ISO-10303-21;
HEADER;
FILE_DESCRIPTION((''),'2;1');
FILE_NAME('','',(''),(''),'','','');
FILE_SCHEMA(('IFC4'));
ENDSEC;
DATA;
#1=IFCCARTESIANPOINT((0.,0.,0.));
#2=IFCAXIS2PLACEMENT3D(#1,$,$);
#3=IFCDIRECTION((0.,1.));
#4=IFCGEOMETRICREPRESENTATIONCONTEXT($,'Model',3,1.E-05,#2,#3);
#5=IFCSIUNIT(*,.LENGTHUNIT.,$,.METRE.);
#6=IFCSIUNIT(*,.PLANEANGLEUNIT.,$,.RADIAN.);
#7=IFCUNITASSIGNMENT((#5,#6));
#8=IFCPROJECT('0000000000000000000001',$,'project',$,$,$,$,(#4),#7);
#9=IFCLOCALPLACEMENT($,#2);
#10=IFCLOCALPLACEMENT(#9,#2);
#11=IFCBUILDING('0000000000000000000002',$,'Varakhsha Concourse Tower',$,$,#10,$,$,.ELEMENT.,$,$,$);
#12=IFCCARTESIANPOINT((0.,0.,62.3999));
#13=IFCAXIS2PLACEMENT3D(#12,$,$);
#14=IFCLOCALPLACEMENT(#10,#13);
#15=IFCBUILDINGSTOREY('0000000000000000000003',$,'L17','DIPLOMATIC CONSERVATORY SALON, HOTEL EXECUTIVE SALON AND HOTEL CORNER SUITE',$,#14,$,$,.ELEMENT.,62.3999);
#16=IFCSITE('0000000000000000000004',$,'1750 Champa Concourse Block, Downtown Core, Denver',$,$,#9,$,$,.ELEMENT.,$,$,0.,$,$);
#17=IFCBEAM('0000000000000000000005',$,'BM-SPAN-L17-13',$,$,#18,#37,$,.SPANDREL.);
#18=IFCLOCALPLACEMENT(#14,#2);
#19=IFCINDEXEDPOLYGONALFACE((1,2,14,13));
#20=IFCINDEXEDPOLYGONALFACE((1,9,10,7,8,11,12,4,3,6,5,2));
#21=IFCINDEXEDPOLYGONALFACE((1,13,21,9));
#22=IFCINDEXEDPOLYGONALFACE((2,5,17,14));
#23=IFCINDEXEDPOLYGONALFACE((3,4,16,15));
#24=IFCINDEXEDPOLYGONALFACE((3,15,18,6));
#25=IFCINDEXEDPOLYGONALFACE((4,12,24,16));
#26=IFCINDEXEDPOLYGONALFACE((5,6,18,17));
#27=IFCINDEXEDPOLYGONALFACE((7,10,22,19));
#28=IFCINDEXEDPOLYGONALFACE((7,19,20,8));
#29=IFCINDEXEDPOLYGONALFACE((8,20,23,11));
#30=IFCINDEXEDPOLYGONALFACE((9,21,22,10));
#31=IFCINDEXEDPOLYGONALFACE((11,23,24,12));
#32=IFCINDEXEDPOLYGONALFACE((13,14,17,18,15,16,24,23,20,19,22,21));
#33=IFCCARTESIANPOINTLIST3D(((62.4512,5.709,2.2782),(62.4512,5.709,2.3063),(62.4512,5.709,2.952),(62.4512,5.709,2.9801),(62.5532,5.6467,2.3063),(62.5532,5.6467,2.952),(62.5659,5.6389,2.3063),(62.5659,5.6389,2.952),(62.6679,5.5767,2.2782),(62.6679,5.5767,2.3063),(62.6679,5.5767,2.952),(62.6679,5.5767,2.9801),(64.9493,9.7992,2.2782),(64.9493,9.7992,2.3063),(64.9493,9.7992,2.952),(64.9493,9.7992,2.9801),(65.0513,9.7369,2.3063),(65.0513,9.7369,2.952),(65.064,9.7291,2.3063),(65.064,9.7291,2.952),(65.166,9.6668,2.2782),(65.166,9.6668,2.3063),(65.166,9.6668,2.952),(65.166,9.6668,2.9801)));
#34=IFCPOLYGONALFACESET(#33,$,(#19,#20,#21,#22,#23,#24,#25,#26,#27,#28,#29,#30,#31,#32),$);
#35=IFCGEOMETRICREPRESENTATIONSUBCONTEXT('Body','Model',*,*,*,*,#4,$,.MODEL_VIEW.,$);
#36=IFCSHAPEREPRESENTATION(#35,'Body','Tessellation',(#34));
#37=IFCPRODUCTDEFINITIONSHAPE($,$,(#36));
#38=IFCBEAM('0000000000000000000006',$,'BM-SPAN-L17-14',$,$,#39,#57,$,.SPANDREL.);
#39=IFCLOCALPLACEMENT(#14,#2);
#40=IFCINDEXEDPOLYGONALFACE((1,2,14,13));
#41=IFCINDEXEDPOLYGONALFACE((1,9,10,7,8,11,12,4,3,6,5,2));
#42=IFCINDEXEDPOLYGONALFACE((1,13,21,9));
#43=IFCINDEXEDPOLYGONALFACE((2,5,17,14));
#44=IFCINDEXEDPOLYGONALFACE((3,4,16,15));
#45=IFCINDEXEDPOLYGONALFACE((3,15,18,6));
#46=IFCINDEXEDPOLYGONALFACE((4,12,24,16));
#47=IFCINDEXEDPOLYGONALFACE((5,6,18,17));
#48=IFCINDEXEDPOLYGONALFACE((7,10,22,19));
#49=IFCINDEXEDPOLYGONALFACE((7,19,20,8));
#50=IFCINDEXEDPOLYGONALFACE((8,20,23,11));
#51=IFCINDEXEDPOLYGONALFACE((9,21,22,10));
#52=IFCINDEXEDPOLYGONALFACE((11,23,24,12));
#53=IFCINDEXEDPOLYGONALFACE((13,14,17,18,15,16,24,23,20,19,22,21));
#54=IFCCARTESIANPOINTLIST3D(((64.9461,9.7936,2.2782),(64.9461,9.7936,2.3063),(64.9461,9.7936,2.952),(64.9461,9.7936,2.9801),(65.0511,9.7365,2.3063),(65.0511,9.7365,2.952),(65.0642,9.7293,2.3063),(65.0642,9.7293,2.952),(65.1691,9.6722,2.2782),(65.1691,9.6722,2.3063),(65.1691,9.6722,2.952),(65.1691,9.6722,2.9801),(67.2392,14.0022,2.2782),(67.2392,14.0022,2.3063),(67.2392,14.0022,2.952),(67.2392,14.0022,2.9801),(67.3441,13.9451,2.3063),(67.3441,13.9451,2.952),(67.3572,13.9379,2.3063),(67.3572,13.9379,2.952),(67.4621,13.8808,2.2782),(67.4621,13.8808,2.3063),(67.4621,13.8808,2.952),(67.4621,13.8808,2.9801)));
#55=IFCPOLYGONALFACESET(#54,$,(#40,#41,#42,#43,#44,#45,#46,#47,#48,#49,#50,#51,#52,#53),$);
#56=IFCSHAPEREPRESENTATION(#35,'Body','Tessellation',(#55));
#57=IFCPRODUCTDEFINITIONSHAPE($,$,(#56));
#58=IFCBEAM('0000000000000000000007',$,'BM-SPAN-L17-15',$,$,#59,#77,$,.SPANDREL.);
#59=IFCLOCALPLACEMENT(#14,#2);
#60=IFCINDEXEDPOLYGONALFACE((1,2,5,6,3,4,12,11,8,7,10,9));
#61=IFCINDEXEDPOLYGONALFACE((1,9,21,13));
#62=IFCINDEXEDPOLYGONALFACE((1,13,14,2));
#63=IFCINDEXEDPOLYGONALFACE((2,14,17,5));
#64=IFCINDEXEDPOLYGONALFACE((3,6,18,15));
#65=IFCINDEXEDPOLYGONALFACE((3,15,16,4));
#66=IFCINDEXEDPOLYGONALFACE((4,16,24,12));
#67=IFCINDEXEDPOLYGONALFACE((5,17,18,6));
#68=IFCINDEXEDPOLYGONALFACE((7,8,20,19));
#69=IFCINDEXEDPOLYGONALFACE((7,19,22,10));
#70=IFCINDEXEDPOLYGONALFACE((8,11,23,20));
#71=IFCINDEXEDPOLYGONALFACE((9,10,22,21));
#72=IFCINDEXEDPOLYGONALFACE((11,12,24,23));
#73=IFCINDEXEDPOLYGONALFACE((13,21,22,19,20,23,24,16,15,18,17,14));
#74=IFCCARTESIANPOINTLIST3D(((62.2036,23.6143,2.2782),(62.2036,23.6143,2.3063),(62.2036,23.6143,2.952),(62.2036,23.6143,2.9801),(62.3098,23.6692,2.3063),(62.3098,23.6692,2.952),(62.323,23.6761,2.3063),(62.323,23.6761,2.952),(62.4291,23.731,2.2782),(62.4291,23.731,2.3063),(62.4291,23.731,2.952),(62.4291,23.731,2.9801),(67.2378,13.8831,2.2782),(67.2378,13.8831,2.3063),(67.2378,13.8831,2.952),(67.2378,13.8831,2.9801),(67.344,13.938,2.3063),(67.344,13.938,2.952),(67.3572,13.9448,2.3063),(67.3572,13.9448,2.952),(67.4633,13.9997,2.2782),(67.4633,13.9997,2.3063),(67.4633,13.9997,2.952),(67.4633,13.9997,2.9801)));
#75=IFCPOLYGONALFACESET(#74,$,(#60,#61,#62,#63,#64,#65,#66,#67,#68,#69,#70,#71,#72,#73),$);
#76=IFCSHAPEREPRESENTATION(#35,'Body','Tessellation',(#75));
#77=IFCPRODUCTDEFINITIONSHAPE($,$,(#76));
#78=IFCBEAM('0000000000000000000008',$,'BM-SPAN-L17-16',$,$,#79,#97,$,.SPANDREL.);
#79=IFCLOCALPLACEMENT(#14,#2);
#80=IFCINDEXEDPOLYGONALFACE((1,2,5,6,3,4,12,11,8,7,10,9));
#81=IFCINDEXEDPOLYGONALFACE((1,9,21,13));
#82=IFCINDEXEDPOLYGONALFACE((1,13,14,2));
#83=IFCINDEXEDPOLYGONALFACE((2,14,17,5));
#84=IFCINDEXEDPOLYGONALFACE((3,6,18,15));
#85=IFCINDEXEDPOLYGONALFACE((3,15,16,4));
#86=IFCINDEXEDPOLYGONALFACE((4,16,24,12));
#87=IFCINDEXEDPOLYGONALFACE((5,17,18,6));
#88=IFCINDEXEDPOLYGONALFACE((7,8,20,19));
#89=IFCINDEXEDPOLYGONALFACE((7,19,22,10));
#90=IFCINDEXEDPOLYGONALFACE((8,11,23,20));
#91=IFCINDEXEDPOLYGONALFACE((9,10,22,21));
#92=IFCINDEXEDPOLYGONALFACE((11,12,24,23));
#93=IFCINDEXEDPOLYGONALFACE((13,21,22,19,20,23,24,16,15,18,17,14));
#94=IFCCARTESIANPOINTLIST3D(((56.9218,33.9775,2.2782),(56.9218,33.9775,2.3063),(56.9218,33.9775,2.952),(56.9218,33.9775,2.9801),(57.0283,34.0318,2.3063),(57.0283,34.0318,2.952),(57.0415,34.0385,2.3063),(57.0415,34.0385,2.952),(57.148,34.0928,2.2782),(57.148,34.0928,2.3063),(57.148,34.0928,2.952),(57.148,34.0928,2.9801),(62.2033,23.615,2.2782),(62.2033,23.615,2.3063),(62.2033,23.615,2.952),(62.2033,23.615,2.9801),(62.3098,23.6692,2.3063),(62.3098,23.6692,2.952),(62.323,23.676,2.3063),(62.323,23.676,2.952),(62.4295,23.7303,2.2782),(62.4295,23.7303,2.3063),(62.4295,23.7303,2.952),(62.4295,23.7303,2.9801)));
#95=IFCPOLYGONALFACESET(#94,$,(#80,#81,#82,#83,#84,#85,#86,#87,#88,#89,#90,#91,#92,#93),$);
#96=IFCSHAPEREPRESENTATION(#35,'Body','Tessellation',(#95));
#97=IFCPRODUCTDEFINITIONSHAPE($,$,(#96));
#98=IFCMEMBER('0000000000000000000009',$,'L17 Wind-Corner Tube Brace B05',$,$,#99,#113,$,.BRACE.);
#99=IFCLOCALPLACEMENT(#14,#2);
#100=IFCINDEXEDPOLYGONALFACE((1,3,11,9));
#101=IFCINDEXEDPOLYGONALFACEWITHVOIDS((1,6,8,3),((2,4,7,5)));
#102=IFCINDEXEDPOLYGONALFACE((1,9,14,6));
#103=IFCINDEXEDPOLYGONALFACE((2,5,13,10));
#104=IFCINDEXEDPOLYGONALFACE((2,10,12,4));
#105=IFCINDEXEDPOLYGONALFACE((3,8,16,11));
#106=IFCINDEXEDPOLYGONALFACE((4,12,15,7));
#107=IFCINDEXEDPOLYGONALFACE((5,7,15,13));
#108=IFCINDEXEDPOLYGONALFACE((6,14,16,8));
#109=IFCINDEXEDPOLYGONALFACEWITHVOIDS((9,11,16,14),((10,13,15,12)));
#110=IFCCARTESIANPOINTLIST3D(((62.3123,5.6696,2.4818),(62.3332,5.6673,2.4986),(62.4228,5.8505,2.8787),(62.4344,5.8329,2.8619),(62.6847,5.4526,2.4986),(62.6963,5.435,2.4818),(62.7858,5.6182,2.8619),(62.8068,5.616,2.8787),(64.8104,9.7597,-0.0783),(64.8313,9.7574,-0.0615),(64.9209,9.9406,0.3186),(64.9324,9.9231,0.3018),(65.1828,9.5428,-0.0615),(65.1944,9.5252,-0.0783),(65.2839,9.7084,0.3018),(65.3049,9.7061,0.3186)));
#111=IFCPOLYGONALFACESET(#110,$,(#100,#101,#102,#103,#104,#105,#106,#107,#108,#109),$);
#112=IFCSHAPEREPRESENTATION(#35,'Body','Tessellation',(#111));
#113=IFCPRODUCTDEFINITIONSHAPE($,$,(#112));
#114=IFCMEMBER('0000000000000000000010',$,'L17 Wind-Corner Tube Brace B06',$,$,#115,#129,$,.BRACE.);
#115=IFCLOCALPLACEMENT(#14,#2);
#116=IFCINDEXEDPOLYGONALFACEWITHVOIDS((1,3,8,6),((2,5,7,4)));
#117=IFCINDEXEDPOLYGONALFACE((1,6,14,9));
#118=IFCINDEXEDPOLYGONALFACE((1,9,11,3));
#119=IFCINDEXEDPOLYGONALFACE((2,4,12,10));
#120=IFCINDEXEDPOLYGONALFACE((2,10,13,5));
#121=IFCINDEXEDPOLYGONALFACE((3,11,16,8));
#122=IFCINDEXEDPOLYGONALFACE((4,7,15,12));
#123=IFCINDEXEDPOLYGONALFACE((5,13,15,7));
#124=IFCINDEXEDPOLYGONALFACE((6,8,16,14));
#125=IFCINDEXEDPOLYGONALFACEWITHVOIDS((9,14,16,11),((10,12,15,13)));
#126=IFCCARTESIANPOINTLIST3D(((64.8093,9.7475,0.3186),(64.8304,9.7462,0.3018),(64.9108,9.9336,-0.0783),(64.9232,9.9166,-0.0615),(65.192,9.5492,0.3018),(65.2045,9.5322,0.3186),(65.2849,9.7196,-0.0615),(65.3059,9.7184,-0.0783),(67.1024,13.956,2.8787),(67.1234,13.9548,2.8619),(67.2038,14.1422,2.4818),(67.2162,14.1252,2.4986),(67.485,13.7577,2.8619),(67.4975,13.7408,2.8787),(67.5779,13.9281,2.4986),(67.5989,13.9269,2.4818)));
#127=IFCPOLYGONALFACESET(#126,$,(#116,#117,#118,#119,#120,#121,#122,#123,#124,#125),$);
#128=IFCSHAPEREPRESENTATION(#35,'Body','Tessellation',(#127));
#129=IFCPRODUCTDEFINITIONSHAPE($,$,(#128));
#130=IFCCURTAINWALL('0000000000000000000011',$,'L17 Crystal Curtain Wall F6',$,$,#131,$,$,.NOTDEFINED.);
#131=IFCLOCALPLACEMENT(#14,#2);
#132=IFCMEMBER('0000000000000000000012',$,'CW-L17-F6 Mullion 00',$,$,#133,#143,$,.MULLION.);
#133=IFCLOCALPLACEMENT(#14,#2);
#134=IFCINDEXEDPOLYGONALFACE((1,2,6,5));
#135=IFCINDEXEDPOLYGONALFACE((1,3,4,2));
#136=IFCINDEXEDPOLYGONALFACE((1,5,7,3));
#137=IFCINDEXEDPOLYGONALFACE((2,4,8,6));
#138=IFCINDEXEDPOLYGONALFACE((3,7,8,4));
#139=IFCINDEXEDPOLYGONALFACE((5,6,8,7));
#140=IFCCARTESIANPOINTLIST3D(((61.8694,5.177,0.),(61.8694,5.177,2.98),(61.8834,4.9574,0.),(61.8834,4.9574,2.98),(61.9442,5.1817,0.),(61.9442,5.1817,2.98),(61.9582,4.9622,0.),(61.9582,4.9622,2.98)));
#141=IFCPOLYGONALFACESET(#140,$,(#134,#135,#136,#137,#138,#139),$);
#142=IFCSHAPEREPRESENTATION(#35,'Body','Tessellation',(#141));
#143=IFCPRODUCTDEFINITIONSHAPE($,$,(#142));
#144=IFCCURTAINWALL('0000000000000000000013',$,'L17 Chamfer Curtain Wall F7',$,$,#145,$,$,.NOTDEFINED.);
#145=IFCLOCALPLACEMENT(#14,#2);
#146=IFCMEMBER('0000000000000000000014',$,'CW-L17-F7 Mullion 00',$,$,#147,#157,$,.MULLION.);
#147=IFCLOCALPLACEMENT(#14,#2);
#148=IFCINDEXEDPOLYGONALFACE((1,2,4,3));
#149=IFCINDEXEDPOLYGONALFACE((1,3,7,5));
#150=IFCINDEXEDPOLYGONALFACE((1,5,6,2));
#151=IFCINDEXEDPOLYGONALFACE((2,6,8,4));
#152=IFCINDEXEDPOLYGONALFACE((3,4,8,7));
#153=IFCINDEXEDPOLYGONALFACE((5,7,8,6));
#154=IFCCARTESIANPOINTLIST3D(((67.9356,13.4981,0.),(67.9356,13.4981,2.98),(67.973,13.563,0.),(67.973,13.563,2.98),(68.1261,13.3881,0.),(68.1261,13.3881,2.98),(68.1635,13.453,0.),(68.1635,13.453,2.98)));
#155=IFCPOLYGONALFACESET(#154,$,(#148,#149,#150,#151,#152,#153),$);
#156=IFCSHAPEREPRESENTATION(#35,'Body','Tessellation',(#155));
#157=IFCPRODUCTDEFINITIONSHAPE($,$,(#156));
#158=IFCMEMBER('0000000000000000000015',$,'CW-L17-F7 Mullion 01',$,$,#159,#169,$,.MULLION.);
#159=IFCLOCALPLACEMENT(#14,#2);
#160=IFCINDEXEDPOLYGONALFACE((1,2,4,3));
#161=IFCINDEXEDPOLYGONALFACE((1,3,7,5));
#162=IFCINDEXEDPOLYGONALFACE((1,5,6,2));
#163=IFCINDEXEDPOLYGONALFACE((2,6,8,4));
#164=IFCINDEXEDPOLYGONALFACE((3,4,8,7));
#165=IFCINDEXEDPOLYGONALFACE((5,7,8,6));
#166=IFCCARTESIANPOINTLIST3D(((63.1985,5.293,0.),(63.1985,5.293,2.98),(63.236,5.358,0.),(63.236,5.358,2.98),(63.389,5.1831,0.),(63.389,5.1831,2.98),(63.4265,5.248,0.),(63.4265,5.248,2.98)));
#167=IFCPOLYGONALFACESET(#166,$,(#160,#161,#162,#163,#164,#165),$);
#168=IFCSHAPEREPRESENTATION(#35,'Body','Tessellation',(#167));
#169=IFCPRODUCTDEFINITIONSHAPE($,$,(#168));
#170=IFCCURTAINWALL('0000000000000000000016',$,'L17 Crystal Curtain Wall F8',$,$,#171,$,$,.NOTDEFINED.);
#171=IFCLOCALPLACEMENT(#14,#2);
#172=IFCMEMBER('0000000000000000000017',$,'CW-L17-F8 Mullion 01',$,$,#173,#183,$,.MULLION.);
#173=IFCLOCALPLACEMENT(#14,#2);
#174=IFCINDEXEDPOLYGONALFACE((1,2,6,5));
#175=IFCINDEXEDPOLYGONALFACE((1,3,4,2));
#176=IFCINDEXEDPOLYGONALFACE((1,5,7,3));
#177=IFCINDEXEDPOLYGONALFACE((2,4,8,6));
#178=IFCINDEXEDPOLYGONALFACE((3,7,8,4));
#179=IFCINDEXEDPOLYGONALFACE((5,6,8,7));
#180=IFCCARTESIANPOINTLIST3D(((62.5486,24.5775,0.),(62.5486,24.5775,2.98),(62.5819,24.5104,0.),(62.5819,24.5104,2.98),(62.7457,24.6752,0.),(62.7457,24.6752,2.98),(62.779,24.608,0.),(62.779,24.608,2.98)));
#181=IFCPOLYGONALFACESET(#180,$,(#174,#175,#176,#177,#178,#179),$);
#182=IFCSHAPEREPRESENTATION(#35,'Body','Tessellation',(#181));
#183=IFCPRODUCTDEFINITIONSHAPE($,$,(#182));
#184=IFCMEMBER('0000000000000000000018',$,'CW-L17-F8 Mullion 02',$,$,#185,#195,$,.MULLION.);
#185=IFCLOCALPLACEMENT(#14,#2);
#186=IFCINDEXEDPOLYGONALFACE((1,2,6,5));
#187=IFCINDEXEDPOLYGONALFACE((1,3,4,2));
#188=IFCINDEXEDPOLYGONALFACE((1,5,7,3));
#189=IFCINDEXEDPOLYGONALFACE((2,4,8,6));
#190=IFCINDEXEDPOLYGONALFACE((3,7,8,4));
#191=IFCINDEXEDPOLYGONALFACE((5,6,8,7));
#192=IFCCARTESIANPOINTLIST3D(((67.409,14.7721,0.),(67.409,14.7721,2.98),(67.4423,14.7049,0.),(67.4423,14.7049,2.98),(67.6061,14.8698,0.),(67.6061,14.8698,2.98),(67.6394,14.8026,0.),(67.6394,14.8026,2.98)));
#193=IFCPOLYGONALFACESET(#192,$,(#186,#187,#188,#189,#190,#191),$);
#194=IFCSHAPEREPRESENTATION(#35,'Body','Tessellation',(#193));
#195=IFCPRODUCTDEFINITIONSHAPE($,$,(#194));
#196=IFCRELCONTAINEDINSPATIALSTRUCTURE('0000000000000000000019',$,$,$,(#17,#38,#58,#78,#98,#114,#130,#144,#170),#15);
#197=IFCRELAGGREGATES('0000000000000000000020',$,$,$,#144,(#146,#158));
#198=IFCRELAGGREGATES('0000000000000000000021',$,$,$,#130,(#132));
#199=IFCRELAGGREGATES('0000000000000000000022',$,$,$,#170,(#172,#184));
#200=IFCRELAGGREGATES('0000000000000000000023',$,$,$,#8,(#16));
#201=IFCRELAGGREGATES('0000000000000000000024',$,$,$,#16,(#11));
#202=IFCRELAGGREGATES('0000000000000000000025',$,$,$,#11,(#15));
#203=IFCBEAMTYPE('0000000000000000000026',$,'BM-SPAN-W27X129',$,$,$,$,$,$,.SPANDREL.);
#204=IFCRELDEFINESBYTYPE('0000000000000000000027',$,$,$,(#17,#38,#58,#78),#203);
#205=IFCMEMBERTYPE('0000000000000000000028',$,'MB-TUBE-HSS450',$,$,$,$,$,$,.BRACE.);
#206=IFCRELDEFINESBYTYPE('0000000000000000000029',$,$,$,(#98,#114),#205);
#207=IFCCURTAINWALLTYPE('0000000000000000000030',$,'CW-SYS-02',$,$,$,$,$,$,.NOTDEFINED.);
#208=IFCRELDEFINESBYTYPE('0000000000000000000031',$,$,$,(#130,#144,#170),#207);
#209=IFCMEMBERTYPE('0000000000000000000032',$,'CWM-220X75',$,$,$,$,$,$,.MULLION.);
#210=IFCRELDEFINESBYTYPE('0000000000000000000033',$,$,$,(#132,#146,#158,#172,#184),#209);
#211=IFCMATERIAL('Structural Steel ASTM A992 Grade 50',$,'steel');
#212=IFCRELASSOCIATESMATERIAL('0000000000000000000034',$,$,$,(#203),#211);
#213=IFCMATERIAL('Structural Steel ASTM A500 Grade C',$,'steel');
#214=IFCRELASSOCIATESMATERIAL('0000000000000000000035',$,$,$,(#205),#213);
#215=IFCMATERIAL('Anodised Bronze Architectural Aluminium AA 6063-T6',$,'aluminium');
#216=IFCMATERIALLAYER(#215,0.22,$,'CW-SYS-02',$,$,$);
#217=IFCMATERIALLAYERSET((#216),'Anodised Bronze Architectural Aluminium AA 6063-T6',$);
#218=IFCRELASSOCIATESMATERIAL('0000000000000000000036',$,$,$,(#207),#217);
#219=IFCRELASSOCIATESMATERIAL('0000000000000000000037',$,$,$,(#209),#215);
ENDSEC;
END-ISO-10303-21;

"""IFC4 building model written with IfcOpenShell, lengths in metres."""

from ifc_helpers import new_model, si_unit, direction, frame, origin, origin_2d, place, context, subcontext, project, spatial, rectangle, hollow_rectangle, i_section, extrude, source, transform, mapped, material, layer, layer_set, material_profile, profile_set, type_object, type_shapes, element, aggregate, save


model = new_model("IFC4")

# Units and contexts
model_context = context("Model", 3, precision=1e-05, world=origin(), true_north=direction((0.0, 1.0)))
body_context = subcontext(model_context, "Body", "Model", "MODEL_VIEW")
ifc_project = project(units=[si_unit("LENGTHUNIT", "METRE"), si_unit("PLANEANGLEUNIT", "RADIAN")], contexts=[model_context])

# Site, building, storey
site_placement = place(None, origin())
site = spatial("IfcSite", under=ifc_project, at=site_placement, Name="1750 Champa Concourse Block, Downtown Core, Denver", CompositionType="ELEMENT", RefElevation=0.0)
building_placement = place(site_placement, origin())
building = spatial("IfcBuilding", under=site, at=building_placement, Name="Varakhsha Concourse Tower", CompositionType="ELEMENT")
storey_placement = place(building_placement, frame((0.0, 0.0, 62.3999)))
storey = spatial("IfcBuildingStorey", under=building, at=storey_placement, Name="L17", Description="DIPLOMATIC CONSERVATORY SALON, HOTEL EXECUTIVE SALON AND HOTEL CORNER SUITE", CompositionType="ELEMENT", Elevation=62.3999)

# Beams
ifc_material_1 = material(Name="Structural Steel ASTM A992 Grade 50", Category="steel")
ifc_material_profile_1 = material_profile(ifc_material_1, i_section(OverallWidth=0.2539, OverallDepth=0.7019, WebThickness=0.0149, FlangeThickness=0.0281, at=origin_2d()), Name="W27X129")
ifc_profile_set_1 = profile_set([ifc_material_profile_1], Name="Structural Steel ASTM A992 Grade 50")
beam_type_1 = type_object("IfcBeamType", Name="BM-SPAN-W27X129", PredefinedType="SPANDREL", material=ifc_profile_set_1)
for number, where, z_axis, x_axis, name in (
    (1, (62.5596, 5.6428, 2.6292), (0.52123, 0.853417, 0.0), (-0.853417, 0.52123, 0.0), "BM-SPAN-L17-13"),
    (2, (65.0576, 9.7329, 2.6292), (0.478438, 0.878121, 0.0), (-0.878121, 0.478438, 0.0), "BM-SPAN-L17-14"),
):
    element("IfcBeam", number, at=place(storey_placement, frame(where, z_axis=z_axis, x_axis=x_axis)), inside=storey, type_object=beam_type_1, Name=name, PredefinedType="SPANDREL", context=body_context, shape_type="SweptSolid", body=[
        extrude(i_section(OverallWidth=0.2539, OverallDepth=0.7019, WebThickness=0.0149, FlangeThickness=0.0281, at=origin_2d()), origin(), (0.0, 0.0, 1.0), 4.7927),
    ])
beam_1_placement = place(storey_placement, frame((67.3506, 13.9414, 2.6292), z_axis=(-0.459481, 0.888188, 0.0), x_axis=(-0.888188, -0.459481, 0.0)))
element("IfcBeam", 3, at=beam_1_placement, inside=storey, type_object=beam_type_1, Name="BM-SPAN-L17-15", PredefinedType="SPANDREL", context=body_context, shape_type="SweptSolid", body=[
    extrude(i_section(OverallWidth=0.2539, OverallDepth=0.7019, WebThickness=0.0149, FlangeThickness=0.0281, at=origin_2d()), origin(), (0.0, 0.0, 1.0), 10.9563),
])
beam_2_placement = place(storey_placement, frame((62.3164, 23.6726, 2.6292), z_axis=(-0.454094, 0.890954, 0.0), x_axis=(-0.890954, -0.454094, 0.0)))
element("IfcBeam", 4, at=beam_2_placement, inside=storey, type_object=beam_type_1, Name="BM-SPAN-L17-16", PredefinedType="SPANDREL", context=body_context, shape_type="SweptSolid", body=[
    extrude(i_section(OverallWidth=0.2539, OverallDepth=0.7019, WebThickness=0.0149, FlangeThickness=0.0281, at=origin_2d()), origin(), (0.0, 0.0, 1.0), 11.6309),
])

# Members
ifc_material_2 = material(Name="Structural Steel ASTM A500 Grade C", Category="steel")
ifc_material_profile_2 = material_profile(ifc_material_2, hollow_rectangle(XDim=0.45, YDim=0.45, WallThickness=0.019, at=origin_2d()), Name="HSS 450x450x19")
ifc_profile_set_2 = profile_set([ifc_material_profile_2], Name="Structural Steel ASTM A500 Grade C")
member_type_1 = type_object("IfcMemberType", Name="MB-TUBE-HSS450", PredefinedType="BRACE", material=ifc_profile_set_2)
shared_shape_1 = source(origin(), body_context, "Body", "SweptSolid", [
    extrude(hollow_rectangle(XDim=0.45, YDim=0.45, WallThickness=0.019, at=origin_2d()), origin(), (0.0, 0.0, 1.0), 5.4336),
])
type_shapes(member_type_1, [shared_shape_1])
for number, where, z_axis, x_axis, name in (
    (5, (65.0576, 9.7329, 0.1201), (-0.459749, -0.752753, 0.471162), (0.853417, -0.52123, 0.0), "L17 Wind-Corner Tube Brace B05"),
    (6, (65.0576, 9.7329, 0.1201), (0.422005, 0.774544, 0.471161), (-0.878121, 0.478438, 0.0), "L17 Wind-Corner Tube Brace B06"),
):
    element("IfcMember", number, at=place(storey_placement, frame(where, z_axis=z_axis, x_axis=x_axis)), inside=storey, type_object=member_type_1, Name=name, PredefinedType="BRACE", context=body_context, shape_type="MappedRepresentation", body=[
        mapped(shared_shape_1, transform((0.0, 0.0, 0.0), scale=1.0)),
    ])

# Curtain wall, member
ifc_material_3 = material(Name="Anodised Bronze Architectural Aluminium AA 6063-T6", Category="aluminium")
ifc_layer_1 = layer(ifc_material_3, 0.22, Name="CW-SYS-02")
ifc_layer_set_1 = layer_set([ifc_layer_1], Name="Anodised Bronze Architectural Aluminium AA 6063-T6")
curtain_wall_type = type_object("IfcCurtainWallType", Name="CW-SYS-02", PredefinedType="NOTDEFINED", material=ifc_layer_set_1)
curtain_wall_1_placement = place(storey_placement, origin())
curtain_wall_1 = element("IfcCurtainWall", 7, at=curtain_wall_1_placement, inside=storey, type_object=curtain_wall_type, Name="L17 Crystal Curtain Wall F6", PredefinedType="NOTDEFINED")
ifc_material_profile_3 = material_profile(ifc_material_3, rectangle(XDim=0.075, YDim=0.22, at=origin_2d()), Name="CWM-220X75")
ifc_profile_set_3 = profile_set([ifc_material_profile_3], Name="Anodised Bronze Architectural Aluminium AA 6063-T6")
member_type_2 = type_object("IfcMemberType", Name="CWM-220X75", PredefinedType="MULLION", material=ifc_profile_set_3)
shared_shape_2 = source(origin(), body_context, "Body", "SweptSolid", [
    extrude(rectangle(XDim=0.075, YDim=0.22, at=origin_2d()), origin(), (0.0, 0.0, 1.0), 2.98),
])
type_shapes(member_type_2, [shared_shape_2])
member_1_placement = place(storey_placement, frame((61.9138, 5.0696, 0.0), z_axis=(0.0, 0.0, 1.0), x_axis=(-0.99799, -0.063378, 0.0)))
member_1 = element("IfcMember", 8, at=member_1_placement, type_object=member_type_2, Name="CW-L17-F6 Mullion 00", PredefinedType="MULLION", context=body_context, shape_type="MappedRepresentation", body=[
    mapped(shared_shape_2, transform((0.0, 0.0, 0.0), scale=1.0)),
])

# Curtain walls, members
curtain_wall_2_placement = place(storey_placement, origin())
curtain_wall_2 = element("IfcCurtainWall", 9, at=curtain_wall_2_placement, inside=storey, type_object=curtain_wall_type, Name="L17 Chamfer Curtain Wall F7", PredefinedType="NOTDEFINED")
member_2_placement = place(storey_placement, frame((68.0496, 13.4756, 0.0), z_axis=(0.0, 0.0, 1.0), x_axis=(-0.499995, -0.866028, 0.0)))
member_2 = element("IfcMember", 10, at=member_2_placement, type_object=member_type_2, Name="CW-L17-F7 Mullion 00", PredefinedType="MULLION", context=body_context, shape_type="MappedRepresentation", body=[
    mapped(shared_shape_2, transform((0.0, 0.0, 0.0), scale=1.0)),
])
member_3_placement = place(storey_placement, frame((63.3125, 5.2705, 0.0), z_axis=(0.0, 0.0, 1.0), x_axis=(-0.499995, -0.866028, 0.0)))
member_3 = element("IfcMember", 11, at=member_3_placement, type_object=member_type_2, Name="CW-L17-F7 Mullion 01", PredefinedType="MULLION", context=body_context, shape_type="MappedRepresentation", body=[
    mapped(shared_shape_2, transform((0.0, 0.0, 0.0), scale=1.0)),
])
curtain_wall_3_placement = place(storey_placement, origin())
curtain_wall_3 = element("IfcCurtainWall", 12, at=curtain_wall_3_placement, inside=storey, type_object=curtain_wall_type, Name="L17 Crystal Curtain Wall F8", PredefinedType="NOTDEFINED")
member_4_placement = place(storey_placement, frame((62.6638, 24.5928, 0.0), z_axis=(0.0, 0.0, 1.0), x_axis=(0.44411, -0.895972, 0.0)))
member_4 = element("IfcMember", 13, at=member_4_placement, type_object=member_type_2, Name="CW-L17-F8 Mullion 01", PredefinedType="MULLION", context=body_context, shape_type="MappedRepresentation", body=[
    mapped(shared_shape_2, transform((0.0, 0.0, 0.0), scale=1.0)),
])
member_5_placement = place(storey_placement, frame((67.5242, 14.7874, 0.0), z_axis=(0.0, 0.0, 1.0), x_axis=(0.44411, -0.895972, 0.0)))
member_5 = element("IfcMember", 14, at=member_5_placement, type_object=member_type_2, Name="CW-L17-F8 Mullion 02", PredefinedType="MULLION", context=body_context, shape_type="MappedRepresentation", body=[
    mapped(shared_shape_2, transform((0.0, 0.0, 0.0), scale=1.0)),
])

aggregate(curtain_wall_2, [member_2, member_3])
aggregate(curtain_wall_1, [member_1])
aggregate(curtain_wall_3, [member_4, member_5])

save(model, "model.ifc")
